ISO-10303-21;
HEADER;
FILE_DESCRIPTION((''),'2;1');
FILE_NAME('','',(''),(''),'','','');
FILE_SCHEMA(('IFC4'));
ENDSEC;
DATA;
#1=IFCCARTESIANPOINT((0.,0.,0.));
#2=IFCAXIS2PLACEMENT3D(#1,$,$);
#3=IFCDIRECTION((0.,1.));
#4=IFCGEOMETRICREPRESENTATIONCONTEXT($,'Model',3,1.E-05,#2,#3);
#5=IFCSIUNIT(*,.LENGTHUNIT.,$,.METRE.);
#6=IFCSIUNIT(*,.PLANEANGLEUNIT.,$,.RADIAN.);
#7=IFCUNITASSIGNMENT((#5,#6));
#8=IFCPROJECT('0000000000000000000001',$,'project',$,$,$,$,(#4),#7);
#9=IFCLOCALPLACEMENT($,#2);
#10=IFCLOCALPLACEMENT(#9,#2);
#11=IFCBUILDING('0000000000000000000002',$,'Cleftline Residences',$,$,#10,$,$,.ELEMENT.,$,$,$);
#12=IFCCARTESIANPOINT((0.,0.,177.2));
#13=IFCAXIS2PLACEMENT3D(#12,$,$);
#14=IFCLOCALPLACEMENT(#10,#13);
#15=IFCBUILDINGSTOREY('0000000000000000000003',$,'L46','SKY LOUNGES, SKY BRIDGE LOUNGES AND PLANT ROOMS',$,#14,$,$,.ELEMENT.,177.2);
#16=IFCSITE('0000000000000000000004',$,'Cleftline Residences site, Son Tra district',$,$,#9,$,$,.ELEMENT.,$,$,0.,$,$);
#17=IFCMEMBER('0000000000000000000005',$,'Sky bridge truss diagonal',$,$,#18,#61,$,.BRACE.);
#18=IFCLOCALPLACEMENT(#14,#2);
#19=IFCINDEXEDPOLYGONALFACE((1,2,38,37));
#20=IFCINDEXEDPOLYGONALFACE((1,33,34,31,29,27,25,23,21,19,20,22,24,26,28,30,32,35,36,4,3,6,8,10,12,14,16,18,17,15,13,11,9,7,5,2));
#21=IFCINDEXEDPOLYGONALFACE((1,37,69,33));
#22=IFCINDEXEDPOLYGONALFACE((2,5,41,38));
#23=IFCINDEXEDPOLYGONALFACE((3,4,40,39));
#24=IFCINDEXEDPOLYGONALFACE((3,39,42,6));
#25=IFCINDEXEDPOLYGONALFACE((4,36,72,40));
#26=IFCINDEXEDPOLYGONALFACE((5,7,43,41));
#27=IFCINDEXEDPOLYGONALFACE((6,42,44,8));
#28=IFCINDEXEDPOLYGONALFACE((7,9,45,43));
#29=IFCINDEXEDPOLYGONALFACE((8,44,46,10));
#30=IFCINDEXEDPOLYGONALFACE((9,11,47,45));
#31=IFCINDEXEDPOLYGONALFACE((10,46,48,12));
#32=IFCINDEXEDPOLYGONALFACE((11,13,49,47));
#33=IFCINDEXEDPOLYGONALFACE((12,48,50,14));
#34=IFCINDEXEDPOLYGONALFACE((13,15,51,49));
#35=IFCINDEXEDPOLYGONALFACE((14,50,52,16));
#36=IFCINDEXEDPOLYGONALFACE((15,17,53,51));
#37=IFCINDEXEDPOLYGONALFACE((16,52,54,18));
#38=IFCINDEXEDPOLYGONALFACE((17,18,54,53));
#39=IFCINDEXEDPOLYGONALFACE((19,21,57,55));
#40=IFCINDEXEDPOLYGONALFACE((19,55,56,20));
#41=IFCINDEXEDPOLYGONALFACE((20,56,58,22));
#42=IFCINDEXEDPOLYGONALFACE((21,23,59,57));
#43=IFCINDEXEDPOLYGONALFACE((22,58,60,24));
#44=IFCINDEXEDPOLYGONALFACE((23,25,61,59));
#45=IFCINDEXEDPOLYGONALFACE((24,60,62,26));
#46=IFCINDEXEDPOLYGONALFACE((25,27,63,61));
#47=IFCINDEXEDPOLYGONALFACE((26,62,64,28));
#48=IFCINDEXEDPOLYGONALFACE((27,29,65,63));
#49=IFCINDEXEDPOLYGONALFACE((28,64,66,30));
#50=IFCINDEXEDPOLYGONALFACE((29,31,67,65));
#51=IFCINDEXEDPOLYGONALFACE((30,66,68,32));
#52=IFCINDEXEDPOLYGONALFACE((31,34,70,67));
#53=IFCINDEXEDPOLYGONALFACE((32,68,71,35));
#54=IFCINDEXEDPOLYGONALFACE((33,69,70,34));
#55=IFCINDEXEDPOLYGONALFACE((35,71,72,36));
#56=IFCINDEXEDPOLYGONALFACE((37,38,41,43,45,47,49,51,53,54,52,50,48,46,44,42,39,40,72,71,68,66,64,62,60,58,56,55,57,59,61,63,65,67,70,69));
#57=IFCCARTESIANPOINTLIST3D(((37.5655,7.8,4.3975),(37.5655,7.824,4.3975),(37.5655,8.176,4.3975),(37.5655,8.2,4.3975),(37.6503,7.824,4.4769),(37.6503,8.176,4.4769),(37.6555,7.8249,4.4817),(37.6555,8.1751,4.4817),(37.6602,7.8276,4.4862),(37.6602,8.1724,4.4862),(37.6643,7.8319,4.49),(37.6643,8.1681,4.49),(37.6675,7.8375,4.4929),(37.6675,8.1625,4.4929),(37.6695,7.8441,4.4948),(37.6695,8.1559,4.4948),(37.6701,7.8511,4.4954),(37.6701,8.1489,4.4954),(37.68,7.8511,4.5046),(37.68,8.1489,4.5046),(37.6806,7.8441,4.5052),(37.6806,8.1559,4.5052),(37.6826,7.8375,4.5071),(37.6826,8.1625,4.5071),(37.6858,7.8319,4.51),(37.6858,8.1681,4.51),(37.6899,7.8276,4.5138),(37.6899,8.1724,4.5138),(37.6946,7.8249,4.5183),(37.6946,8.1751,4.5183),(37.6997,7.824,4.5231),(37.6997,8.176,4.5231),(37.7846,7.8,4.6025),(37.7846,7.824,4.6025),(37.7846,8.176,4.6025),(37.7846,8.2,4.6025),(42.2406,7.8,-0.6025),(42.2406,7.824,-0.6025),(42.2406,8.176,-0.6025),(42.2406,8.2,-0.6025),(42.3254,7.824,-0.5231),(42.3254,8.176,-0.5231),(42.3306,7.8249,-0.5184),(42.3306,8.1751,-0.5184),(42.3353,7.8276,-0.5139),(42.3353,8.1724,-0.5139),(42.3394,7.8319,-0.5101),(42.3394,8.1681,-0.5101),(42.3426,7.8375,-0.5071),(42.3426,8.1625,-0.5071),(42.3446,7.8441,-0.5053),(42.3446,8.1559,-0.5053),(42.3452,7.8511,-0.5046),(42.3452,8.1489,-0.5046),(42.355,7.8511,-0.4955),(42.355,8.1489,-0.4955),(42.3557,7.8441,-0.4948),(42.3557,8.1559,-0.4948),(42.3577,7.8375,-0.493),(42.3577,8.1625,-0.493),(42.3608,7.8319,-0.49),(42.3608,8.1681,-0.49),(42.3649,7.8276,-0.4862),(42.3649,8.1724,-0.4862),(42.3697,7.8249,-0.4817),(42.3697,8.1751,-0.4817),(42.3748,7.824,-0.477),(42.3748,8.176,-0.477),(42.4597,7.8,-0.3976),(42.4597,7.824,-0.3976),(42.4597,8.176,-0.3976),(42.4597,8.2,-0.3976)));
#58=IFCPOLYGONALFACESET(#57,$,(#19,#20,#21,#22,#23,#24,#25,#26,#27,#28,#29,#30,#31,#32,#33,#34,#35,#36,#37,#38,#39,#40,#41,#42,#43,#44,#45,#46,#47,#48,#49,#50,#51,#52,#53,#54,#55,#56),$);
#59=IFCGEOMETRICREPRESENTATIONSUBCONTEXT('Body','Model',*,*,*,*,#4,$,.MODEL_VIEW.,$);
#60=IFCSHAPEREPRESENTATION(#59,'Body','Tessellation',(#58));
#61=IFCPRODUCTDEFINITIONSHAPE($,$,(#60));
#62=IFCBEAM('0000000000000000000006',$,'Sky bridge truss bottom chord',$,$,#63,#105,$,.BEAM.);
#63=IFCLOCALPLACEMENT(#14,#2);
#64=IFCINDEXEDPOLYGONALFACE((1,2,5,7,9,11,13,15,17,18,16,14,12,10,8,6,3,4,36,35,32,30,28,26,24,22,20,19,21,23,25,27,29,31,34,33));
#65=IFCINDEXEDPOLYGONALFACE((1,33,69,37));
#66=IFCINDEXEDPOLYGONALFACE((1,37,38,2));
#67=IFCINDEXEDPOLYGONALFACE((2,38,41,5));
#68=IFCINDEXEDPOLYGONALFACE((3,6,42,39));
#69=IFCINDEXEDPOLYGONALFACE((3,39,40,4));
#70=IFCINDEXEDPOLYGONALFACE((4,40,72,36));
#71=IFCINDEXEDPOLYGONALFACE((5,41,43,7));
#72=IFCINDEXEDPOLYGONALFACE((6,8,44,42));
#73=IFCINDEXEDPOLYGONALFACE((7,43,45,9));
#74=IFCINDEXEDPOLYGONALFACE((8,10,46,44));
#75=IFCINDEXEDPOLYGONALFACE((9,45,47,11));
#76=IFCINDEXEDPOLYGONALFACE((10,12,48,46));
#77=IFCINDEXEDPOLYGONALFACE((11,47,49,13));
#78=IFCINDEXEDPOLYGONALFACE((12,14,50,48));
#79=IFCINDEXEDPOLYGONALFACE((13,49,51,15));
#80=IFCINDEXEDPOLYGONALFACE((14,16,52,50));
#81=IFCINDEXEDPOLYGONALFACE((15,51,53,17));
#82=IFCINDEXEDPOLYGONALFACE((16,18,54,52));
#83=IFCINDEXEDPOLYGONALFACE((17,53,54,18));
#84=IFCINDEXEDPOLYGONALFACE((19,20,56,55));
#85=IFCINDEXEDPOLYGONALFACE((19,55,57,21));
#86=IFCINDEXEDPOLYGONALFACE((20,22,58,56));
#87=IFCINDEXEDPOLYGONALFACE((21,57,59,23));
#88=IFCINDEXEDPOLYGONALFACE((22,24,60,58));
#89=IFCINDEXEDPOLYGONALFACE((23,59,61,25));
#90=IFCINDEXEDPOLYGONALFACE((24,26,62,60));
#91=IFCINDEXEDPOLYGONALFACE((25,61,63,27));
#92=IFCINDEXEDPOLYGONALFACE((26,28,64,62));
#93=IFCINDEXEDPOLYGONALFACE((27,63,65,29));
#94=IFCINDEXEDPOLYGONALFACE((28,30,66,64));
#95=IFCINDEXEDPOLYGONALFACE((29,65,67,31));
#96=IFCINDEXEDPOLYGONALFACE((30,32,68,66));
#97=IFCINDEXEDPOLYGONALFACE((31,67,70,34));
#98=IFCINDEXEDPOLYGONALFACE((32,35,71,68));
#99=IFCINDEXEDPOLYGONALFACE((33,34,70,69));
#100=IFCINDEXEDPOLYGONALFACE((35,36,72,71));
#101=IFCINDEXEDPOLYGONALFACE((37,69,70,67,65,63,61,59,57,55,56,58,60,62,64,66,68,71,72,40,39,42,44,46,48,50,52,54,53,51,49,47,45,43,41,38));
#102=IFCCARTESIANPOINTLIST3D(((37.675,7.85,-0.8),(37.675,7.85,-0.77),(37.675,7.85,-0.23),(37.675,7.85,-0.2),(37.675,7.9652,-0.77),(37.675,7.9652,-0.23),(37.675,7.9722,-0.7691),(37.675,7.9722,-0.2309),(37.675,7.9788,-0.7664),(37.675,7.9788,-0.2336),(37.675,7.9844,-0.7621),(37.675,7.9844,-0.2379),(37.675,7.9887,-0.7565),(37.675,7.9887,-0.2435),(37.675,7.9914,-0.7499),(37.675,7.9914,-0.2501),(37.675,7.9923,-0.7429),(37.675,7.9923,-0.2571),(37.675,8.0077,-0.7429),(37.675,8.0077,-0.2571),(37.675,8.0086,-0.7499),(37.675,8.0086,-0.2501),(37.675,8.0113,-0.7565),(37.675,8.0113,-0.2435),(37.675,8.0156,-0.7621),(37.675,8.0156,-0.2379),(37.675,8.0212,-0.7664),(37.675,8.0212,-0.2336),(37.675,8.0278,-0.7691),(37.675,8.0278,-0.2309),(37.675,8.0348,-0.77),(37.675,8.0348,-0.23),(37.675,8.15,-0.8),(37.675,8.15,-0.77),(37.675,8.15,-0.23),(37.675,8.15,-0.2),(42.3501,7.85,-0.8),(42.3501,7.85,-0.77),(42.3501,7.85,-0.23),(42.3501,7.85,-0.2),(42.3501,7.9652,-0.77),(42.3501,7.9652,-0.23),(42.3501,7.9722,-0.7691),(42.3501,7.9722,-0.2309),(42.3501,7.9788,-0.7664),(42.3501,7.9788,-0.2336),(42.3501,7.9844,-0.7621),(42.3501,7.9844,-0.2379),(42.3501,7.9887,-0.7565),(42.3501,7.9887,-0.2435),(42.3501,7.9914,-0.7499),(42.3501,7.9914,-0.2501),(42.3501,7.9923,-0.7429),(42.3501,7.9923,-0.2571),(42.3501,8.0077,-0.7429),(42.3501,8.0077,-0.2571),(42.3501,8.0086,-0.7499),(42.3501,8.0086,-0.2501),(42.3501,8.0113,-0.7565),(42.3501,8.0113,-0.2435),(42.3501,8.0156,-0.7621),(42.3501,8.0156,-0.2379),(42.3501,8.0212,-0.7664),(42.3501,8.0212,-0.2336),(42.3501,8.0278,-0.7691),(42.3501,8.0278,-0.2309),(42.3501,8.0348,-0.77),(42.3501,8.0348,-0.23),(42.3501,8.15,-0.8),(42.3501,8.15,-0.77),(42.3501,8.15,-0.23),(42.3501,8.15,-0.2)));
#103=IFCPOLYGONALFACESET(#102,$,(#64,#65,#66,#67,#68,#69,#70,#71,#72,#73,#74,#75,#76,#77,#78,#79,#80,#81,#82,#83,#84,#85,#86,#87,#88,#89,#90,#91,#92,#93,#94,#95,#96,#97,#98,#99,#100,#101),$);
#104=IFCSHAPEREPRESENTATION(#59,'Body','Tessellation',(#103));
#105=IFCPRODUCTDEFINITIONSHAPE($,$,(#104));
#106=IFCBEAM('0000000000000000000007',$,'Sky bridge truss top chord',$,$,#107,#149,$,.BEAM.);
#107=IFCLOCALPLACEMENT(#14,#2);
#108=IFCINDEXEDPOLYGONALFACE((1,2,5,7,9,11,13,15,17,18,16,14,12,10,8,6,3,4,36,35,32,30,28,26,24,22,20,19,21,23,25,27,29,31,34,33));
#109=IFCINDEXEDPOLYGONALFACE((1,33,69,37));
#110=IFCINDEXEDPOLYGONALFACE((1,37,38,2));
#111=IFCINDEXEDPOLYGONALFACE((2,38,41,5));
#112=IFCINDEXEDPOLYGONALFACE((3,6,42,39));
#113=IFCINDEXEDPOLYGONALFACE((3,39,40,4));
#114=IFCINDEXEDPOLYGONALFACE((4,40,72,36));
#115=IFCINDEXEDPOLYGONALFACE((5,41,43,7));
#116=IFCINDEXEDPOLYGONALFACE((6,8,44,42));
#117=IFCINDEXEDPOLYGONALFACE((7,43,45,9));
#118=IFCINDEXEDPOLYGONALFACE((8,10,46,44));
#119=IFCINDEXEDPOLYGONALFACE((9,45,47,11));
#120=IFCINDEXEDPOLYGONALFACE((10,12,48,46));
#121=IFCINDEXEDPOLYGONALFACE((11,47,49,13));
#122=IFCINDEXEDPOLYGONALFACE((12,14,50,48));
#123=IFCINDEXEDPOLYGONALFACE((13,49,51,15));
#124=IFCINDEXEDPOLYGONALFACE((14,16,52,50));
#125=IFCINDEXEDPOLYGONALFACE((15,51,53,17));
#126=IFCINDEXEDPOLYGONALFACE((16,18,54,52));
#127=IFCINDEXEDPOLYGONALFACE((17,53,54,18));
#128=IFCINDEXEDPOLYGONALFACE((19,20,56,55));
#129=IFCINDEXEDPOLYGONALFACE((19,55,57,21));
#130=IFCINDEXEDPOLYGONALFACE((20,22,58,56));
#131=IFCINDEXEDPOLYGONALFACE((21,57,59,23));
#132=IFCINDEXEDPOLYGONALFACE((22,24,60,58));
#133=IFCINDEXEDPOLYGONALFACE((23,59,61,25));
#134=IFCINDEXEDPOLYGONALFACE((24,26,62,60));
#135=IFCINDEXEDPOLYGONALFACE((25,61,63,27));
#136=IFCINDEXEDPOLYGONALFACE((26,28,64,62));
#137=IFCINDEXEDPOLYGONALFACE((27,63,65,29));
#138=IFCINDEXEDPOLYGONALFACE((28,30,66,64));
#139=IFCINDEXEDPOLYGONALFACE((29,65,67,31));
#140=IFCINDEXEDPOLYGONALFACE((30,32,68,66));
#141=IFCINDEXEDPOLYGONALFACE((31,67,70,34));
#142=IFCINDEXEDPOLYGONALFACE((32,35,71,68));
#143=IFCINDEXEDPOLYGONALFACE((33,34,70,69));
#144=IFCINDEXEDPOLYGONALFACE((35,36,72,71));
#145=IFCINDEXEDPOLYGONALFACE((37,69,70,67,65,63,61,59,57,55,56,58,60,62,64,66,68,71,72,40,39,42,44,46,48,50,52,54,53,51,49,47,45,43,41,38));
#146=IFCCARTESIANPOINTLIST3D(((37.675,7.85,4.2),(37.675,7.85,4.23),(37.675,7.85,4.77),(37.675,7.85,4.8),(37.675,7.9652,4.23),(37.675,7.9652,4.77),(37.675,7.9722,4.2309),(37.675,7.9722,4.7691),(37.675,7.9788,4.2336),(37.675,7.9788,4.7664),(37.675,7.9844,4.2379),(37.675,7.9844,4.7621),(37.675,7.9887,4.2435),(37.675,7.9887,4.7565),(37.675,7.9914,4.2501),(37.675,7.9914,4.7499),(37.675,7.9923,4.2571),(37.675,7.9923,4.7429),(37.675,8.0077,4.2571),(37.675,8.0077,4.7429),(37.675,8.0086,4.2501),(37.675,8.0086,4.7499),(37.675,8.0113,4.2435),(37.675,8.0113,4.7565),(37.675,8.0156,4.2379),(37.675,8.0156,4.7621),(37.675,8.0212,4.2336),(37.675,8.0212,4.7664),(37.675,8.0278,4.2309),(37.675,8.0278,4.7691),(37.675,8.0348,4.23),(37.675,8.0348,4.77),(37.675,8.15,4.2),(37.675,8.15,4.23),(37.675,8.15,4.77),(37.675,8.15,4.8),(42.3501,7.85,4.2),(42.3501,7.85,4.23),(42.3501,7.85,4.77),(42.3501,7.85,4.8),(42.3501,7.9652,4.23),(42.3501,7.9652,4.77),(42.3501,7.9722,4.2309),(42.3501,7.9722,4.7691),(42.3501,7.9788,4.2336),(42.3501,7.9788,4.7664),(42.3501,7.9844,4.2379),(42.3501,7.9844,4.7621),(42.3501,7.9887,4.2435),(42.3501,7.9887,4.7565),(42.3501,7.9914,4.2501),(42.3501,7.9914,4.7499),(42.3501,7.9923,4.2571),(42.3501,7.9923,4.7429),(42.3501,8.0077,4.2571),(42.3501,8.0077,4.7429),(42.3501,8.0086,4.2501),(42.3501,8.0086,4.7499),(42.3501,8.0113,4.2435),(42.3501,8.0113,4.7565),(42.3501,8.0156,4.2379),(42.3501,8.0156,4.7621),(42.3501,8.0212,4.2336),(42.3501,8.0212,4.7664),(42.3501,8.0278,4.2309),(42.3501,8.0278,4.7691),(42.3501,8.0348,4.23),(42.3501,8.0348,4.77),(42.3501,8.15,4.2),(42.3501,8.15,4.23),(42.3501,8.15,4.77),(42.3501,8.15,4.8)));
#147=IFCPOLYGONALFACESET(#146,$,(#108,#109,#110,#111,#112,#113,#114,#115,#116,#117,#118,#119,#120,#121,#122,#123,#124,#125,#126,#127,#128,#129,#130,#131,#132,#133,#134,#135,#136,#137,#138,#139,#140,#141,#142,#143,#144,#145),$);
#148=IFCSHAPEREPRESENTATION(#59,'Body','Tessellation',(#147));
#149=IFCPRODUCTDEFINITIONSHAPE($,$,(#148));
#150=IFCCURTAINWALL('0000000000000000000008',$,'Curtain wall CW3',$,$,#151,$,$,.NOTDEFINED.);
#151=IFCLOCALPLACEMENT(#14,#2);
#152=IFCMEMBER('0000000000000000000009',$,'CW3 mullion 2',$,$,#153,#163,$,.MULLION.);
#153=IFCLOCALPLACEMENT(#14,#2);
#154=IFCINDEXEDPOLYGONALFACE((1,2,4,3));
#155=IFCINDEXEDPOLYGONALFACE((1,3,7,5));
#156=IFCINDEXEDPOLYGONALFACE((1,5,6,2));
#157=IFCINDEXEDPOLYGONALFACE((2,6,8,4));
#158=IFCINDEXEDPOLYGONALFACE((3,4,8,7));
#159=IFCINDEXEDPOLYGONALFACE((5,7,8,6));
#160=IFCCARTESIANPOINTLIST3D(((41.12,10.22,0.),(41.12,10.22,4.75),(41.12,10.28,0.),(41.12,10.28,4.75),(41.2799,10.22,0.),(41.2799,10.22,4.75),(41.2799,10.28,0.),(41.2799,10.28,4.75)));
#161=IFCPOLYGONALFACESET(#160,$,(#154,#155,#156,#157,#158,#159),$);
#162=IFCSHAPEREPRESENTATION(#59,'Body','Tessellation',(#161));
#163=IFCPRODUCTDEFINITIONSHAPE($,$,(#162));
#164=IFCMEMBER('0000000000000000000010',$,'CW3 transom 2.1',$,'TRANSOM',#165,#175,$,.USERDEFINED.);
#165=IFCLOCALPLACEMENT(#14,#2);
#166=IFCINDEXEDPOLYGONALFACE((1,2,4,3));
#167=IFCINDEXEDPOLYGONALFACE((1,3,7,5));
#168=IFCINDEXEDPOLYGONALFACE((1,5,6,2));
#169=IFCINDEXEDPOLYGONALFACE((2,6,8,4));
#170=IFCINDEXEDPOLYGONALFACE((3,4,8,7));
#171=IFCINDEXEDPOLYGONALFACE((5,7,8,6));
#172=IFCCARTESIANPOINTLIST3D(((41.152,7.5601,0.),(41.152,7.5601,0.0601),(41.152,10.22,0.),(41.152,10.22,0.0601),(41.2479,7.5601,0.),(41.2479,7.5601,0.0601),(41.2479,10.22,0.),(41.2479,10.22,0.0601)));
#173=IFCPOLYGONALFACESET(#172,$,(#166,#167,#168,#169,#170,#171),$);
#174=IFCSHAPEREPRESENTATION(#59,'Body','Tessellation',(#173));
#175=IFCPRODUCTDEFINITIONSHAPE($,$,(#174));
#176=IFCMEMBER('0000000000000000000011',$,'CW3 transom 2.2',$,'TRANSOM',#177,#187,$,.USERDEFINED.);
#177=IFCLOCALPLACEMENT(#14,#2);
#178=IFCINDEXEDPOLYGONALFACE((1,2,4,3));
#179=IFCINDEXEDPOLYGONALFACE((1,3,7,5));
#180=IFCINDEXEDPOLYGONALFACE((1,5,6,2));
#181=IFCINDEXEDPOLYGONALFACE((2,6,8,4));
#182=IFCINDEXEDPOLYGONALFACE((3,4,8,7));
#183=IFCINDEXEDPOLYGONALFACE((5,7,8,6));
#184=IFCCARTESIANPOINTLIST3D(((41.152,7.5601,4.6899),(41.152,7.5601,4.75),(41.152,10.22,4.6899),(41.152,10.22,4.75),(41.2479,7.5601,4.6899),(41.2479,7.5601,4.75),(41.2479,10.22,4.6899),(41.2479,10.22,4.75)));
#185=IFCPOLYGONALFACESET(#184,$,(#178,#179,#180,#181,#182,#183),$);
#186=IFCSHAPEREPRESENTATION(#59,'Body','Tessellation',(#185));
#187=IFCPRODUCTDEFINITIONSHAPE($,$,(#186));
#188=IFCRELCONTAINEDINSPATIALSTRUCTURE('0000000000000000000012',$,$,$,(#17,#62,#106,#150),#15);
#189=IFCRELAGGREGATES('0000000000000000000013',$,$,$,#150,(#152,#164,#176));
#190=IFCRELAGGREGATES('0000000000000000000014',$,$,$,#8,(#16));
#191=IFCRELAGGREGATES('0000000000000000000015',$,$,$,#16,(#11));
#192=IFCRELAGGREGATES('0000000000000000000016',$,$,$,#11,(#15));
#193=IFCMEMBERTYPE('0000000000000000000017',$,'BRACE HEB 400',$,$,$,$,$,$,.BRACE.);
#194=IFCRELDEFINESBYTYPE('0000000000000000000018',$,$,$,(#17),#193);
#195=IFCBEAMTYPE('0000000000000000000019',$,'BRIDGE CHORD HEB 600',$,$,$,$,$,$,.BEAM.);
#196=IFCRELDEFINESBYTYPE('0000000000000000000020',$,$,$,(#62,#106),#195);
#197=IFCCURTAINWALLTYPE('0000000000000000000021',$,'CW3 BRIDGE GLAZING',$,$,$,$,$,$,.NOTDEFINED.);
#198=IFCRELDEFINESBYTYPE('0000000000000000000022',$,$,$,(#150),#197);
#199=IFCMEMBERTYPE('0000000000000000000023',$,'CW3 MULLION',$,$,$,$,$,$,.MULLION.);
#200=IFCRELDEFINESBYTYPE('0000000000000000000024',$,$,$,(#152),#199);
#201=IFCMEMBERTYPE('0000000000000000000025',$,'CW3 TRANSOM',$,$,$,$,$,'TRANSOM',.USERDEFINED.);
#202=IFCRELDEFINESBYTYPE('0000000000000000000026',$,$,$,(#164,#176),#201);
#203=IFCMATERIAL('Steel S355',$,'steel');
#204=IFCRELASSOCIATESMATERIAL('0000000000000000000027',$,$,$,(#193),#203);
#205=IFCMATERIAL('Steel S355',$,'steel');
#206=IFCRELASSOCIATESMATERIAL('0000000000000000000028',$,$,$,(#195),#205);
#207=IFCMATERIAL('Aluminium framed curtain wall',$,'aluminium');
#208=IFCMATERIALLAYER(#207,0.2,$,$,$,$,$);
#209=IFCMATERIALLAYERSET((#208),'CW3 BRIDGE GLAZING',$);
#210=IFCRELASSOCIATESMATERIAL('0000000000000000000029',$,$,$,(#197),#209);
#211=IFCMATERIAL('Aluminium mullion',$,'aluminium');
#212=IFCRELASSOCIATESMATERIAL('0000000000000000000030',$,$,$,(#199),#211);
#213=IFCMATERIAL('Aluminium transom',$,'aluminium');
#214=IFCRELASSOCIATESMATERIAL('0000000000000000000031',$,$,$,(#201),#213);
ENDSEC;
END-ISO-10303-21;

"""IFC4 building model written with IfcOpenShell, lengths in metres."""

from ifc_helpers import new_model, si_unit, direction, frame, origin, origin_2d, place, context, subcontext, project, spatial, rectangle, i_section, extrude, material, layer, layer_set, material_profile, profile_set, type_object, element, aggregate, save


model = new_model("IFC4")

# Units and contexts
model_context = context("Model", 3, precision=1e-05, world=origin(), true_north=direction((0.0, 1.0)))
body_context = subcontext(model_context, "Body", "Model", "MODEL_VIEW")
ifc_project = project(units=[si_unit("LENGTHUNIT", "METRE"), si_unit("PLANEANGLEUNIT", "RADIAN")], contexts=[model_context])

# Site, building, storey
site_placement = place(None, origin())
site = spatial("IfcSite", under=ifc_project, at=site_placement, Name="Cleftline Residences site, Son Tra district", CompositionType="ELEMENT", RefElevation=0.0)
building_placement = place(site_placement, origin())
building = spatial("IfcBuilding", under=site, at=building_placement, Name="Cleftline Residences", CompositionType="ELEMENT")
storey_placement = place(building_placement, frame((0.0, 0.0, 177.2)))
storey = spatial("IfcBuildingStorey", under=building, at=storey_placement, Name="L46", Description="SKY LOUNGES, SKY BRIDGE LOUNGES AND PLANT ROOMS", CompositionType="ELEMENT", Elevation=177.2)

# Member
ifc_material_1 = material(Name="Steel S355", Category="steel")
ifc_material_profile_1 = material_profile(ifc_material_1, i_section(OverallWidth=0.3, OverallDepth=0.3999, WebThickness=0.0134, FlangeThickness=0.0239, FilletRadius=0.0271, at=origin_2d()))
ifc_profile_set_1 = profile_set([ifc_material_profile_1], Name="Steel S355")
member_type_1 = type_object("IfcMemberType", Name="BRACE HEB 400", PredefinedType="BRACE", material=ifc_profile_set_1)
member_1_placement = place(storey_placement, frame((37.675, 8.0, 4.5), z_axis=(0.682972, 0.0, -0.730444), x_axis=(0.730444, 0.0, 0.682972)))
element("IfcMember", 1, at=member_1_placement, inside=storey, type_object=member_type_1, Name="Sky bridge truss diagonal", PredefinedType="BRACE", context=body_context, shape_type="SweptSolid", body=[
    extrude(i_section(OverallWidth=0.3, OverallDepth=0.3999, WebThickness=0.0134, FlangeThickness=0.0239, FilletRadius=0.0271, at=origin_2d()), origin(), (0.0, 0.0, 1.0), 6.8452),
])

# Beams
ifc_material_2 = material(Name="Steel S355", Category="steel")
ifc_material_profile_2 = material_profile(ifc_material_2, i_section(OverallWidth=0.3, OverallDepth=0.6001, WebThickness=0.0154, FlangeThickness=0.03, FilletRadius=0.0271, at=origin_2d()))
ifc_profile_set_2 = profile_set([ifc_material_profile_2], Name="Steel S355")
beam_type_1 = type_object("IfcBeamType", Name="BRIDGE CHORD HEB 600", PredefinedType="BEAM", material=ifc_profile_set_2)
for number, where, z_axis, x_axis, name in (
    (2, (37.675, 8.0, -0.5), (1.0, 0.0, 0.0), (0.0, 1.0, 0.0), "Sky bridge truss bottom chord"),
    (3, (37.675, 8.0, 4.5), (1.0, 0.0, 0.0), (0.0, 1.0, 0.0), "Sky bridge truss top chord"),
):
    element("IfcBeam", number, at=place(storey_placement, frame(where, z_axis=z_axis, x_axis=x_axis)), inside=storey, type_object=beam_type_1, Name=name, PredefinedType="BEAM", context=body_context, shape_type="SweptSolid", body=[
        extrude(i_section(OverallWidth=0.3, OverallDepth=0.6001, WebThickness=0.0154, FlangeThickness=0.03, FilletRadius=0.0271, at=origin_2d()), origin(), (0.0, 0.0, 1.0), 4.675),
    ])

# Curtain wall, members
ifc_material_3 = material(Name="Aluminium framed curtain wall", Category="aluminium")
ifc_layer_1 = layer(ifc_material_3, 0.2)
ifc_layer_set_1 = layer_set([ifc_layer_1], Name="CW3 BRIDGE GLAZING")
curtain_wall_type = type_object("IfcCurtainWallType", Name="CW3 BRIDGE GLAZING", PredefinedType="NOTDEFINED", material=ifc_layer_set_1)
curtain_wall_placement = place(storey_placement, origin())
curtain_wall = element("IfcCurtainWall", 4, at=curtain_wall_placement, inside=storey, type_object=curtain_wall_type, Name="Curtain wall CW3", PredefinedType="NOTDEFINED")
ifc_material_4 = material(Name="Aluminium mullion", Category="aluminium")
ifc_material_profile_3 = material_profile(ifc_material_4, rectangle(XDim=0.1599, YDim=0.0601, at=origin_2d()))
ifc_profile_set_3 = profile_set([ifc_material_profile_3], Name="Aluminium mullion")
member_type_2 = type_object("IfcMemberType", Name="CW3 MULLION", PredefinedType="MULLION", material=ifc_profile_set_3)
member_2_placement = place(storey_placement, frame((41.2, 10.25, 0.0), z_axis=(0.0, 0.0, 1.0), x_axis=(1.0, 0.0, 0.0)))
member_2 = element("IfcMember", 5, at=member_2_placement, type_object=member_type_2, Name="CW3 mullion 2", PredefinedType="MULLION", context=body_context, shape_type="SweptSolid", body=[
    extrude(rectangle(XDim=0.1599, YDim=0.0601, at=origin_2d()), origin(), (0.0, 0.0, 1.0), 4.75),
])
ifc_material_5 = material(Name="Aluminium transom", Category="aluminium")
ifc_material_profile_4 = material_profile(ifc_material_5, rectangle(XDim=0.0959, YDim=0.0601, at=origin_2d()))
ifc_profile_set_4 = profile_set([ifc_material_profile_4], Name="Aluminium transom")
member_type_3 = type_object("IfcMemberType", Name="CW3 TRANSOM", ElementType="TRANSOM", PredefinedType="USERDEFINED", material=ifc_profile_set_4)
member_3_placement = place(storey_placement, frame((41.2, 10.22, 0.03), z_axis=(0.0, -1.0, 0.0), x_axis=(1.0, 0.0, 0.0)))
member_3 = element("IfcMember", 6, at=member_3_placement, type_object=member_type_3, Name="CW3 transom 2.1", ObjectType="TRANSOM", PredefinedType="USERDEFINED", context=body_context, shape_type="SweptSolid", body=[
    extrude(rectangle(XDim=0.0959, YDim=0.0601, at=origin_2d()), origin(), (0.0, 0.0, 1.0), 2.6599),
])
member_4_placement = place(storey_placement, frame((41.2, 10.22, 4.72), z_axis=(0.0, -1.0, 0.0), x_axis=(1.0, 0.0, 0.0)))
member_4 = element("IfcMember", 7, at=member_4_placement, type_object=member_type_3, Name="CW3 transom 2.2", ObjectType="TRANSOM", PredefinedType="USERDEFINED", context=body_context, shape_type="SweptSolid", body=[
    extrude(rectangle(XDim=0.0959, YDim=0.0601, at=origin_2d()), origin(), (0.0, 0.0, 1.0), 2.6599),
])

aggregate(curtain_wall, [member_2, member_3, member_4])

save(model, "model.ifc")
